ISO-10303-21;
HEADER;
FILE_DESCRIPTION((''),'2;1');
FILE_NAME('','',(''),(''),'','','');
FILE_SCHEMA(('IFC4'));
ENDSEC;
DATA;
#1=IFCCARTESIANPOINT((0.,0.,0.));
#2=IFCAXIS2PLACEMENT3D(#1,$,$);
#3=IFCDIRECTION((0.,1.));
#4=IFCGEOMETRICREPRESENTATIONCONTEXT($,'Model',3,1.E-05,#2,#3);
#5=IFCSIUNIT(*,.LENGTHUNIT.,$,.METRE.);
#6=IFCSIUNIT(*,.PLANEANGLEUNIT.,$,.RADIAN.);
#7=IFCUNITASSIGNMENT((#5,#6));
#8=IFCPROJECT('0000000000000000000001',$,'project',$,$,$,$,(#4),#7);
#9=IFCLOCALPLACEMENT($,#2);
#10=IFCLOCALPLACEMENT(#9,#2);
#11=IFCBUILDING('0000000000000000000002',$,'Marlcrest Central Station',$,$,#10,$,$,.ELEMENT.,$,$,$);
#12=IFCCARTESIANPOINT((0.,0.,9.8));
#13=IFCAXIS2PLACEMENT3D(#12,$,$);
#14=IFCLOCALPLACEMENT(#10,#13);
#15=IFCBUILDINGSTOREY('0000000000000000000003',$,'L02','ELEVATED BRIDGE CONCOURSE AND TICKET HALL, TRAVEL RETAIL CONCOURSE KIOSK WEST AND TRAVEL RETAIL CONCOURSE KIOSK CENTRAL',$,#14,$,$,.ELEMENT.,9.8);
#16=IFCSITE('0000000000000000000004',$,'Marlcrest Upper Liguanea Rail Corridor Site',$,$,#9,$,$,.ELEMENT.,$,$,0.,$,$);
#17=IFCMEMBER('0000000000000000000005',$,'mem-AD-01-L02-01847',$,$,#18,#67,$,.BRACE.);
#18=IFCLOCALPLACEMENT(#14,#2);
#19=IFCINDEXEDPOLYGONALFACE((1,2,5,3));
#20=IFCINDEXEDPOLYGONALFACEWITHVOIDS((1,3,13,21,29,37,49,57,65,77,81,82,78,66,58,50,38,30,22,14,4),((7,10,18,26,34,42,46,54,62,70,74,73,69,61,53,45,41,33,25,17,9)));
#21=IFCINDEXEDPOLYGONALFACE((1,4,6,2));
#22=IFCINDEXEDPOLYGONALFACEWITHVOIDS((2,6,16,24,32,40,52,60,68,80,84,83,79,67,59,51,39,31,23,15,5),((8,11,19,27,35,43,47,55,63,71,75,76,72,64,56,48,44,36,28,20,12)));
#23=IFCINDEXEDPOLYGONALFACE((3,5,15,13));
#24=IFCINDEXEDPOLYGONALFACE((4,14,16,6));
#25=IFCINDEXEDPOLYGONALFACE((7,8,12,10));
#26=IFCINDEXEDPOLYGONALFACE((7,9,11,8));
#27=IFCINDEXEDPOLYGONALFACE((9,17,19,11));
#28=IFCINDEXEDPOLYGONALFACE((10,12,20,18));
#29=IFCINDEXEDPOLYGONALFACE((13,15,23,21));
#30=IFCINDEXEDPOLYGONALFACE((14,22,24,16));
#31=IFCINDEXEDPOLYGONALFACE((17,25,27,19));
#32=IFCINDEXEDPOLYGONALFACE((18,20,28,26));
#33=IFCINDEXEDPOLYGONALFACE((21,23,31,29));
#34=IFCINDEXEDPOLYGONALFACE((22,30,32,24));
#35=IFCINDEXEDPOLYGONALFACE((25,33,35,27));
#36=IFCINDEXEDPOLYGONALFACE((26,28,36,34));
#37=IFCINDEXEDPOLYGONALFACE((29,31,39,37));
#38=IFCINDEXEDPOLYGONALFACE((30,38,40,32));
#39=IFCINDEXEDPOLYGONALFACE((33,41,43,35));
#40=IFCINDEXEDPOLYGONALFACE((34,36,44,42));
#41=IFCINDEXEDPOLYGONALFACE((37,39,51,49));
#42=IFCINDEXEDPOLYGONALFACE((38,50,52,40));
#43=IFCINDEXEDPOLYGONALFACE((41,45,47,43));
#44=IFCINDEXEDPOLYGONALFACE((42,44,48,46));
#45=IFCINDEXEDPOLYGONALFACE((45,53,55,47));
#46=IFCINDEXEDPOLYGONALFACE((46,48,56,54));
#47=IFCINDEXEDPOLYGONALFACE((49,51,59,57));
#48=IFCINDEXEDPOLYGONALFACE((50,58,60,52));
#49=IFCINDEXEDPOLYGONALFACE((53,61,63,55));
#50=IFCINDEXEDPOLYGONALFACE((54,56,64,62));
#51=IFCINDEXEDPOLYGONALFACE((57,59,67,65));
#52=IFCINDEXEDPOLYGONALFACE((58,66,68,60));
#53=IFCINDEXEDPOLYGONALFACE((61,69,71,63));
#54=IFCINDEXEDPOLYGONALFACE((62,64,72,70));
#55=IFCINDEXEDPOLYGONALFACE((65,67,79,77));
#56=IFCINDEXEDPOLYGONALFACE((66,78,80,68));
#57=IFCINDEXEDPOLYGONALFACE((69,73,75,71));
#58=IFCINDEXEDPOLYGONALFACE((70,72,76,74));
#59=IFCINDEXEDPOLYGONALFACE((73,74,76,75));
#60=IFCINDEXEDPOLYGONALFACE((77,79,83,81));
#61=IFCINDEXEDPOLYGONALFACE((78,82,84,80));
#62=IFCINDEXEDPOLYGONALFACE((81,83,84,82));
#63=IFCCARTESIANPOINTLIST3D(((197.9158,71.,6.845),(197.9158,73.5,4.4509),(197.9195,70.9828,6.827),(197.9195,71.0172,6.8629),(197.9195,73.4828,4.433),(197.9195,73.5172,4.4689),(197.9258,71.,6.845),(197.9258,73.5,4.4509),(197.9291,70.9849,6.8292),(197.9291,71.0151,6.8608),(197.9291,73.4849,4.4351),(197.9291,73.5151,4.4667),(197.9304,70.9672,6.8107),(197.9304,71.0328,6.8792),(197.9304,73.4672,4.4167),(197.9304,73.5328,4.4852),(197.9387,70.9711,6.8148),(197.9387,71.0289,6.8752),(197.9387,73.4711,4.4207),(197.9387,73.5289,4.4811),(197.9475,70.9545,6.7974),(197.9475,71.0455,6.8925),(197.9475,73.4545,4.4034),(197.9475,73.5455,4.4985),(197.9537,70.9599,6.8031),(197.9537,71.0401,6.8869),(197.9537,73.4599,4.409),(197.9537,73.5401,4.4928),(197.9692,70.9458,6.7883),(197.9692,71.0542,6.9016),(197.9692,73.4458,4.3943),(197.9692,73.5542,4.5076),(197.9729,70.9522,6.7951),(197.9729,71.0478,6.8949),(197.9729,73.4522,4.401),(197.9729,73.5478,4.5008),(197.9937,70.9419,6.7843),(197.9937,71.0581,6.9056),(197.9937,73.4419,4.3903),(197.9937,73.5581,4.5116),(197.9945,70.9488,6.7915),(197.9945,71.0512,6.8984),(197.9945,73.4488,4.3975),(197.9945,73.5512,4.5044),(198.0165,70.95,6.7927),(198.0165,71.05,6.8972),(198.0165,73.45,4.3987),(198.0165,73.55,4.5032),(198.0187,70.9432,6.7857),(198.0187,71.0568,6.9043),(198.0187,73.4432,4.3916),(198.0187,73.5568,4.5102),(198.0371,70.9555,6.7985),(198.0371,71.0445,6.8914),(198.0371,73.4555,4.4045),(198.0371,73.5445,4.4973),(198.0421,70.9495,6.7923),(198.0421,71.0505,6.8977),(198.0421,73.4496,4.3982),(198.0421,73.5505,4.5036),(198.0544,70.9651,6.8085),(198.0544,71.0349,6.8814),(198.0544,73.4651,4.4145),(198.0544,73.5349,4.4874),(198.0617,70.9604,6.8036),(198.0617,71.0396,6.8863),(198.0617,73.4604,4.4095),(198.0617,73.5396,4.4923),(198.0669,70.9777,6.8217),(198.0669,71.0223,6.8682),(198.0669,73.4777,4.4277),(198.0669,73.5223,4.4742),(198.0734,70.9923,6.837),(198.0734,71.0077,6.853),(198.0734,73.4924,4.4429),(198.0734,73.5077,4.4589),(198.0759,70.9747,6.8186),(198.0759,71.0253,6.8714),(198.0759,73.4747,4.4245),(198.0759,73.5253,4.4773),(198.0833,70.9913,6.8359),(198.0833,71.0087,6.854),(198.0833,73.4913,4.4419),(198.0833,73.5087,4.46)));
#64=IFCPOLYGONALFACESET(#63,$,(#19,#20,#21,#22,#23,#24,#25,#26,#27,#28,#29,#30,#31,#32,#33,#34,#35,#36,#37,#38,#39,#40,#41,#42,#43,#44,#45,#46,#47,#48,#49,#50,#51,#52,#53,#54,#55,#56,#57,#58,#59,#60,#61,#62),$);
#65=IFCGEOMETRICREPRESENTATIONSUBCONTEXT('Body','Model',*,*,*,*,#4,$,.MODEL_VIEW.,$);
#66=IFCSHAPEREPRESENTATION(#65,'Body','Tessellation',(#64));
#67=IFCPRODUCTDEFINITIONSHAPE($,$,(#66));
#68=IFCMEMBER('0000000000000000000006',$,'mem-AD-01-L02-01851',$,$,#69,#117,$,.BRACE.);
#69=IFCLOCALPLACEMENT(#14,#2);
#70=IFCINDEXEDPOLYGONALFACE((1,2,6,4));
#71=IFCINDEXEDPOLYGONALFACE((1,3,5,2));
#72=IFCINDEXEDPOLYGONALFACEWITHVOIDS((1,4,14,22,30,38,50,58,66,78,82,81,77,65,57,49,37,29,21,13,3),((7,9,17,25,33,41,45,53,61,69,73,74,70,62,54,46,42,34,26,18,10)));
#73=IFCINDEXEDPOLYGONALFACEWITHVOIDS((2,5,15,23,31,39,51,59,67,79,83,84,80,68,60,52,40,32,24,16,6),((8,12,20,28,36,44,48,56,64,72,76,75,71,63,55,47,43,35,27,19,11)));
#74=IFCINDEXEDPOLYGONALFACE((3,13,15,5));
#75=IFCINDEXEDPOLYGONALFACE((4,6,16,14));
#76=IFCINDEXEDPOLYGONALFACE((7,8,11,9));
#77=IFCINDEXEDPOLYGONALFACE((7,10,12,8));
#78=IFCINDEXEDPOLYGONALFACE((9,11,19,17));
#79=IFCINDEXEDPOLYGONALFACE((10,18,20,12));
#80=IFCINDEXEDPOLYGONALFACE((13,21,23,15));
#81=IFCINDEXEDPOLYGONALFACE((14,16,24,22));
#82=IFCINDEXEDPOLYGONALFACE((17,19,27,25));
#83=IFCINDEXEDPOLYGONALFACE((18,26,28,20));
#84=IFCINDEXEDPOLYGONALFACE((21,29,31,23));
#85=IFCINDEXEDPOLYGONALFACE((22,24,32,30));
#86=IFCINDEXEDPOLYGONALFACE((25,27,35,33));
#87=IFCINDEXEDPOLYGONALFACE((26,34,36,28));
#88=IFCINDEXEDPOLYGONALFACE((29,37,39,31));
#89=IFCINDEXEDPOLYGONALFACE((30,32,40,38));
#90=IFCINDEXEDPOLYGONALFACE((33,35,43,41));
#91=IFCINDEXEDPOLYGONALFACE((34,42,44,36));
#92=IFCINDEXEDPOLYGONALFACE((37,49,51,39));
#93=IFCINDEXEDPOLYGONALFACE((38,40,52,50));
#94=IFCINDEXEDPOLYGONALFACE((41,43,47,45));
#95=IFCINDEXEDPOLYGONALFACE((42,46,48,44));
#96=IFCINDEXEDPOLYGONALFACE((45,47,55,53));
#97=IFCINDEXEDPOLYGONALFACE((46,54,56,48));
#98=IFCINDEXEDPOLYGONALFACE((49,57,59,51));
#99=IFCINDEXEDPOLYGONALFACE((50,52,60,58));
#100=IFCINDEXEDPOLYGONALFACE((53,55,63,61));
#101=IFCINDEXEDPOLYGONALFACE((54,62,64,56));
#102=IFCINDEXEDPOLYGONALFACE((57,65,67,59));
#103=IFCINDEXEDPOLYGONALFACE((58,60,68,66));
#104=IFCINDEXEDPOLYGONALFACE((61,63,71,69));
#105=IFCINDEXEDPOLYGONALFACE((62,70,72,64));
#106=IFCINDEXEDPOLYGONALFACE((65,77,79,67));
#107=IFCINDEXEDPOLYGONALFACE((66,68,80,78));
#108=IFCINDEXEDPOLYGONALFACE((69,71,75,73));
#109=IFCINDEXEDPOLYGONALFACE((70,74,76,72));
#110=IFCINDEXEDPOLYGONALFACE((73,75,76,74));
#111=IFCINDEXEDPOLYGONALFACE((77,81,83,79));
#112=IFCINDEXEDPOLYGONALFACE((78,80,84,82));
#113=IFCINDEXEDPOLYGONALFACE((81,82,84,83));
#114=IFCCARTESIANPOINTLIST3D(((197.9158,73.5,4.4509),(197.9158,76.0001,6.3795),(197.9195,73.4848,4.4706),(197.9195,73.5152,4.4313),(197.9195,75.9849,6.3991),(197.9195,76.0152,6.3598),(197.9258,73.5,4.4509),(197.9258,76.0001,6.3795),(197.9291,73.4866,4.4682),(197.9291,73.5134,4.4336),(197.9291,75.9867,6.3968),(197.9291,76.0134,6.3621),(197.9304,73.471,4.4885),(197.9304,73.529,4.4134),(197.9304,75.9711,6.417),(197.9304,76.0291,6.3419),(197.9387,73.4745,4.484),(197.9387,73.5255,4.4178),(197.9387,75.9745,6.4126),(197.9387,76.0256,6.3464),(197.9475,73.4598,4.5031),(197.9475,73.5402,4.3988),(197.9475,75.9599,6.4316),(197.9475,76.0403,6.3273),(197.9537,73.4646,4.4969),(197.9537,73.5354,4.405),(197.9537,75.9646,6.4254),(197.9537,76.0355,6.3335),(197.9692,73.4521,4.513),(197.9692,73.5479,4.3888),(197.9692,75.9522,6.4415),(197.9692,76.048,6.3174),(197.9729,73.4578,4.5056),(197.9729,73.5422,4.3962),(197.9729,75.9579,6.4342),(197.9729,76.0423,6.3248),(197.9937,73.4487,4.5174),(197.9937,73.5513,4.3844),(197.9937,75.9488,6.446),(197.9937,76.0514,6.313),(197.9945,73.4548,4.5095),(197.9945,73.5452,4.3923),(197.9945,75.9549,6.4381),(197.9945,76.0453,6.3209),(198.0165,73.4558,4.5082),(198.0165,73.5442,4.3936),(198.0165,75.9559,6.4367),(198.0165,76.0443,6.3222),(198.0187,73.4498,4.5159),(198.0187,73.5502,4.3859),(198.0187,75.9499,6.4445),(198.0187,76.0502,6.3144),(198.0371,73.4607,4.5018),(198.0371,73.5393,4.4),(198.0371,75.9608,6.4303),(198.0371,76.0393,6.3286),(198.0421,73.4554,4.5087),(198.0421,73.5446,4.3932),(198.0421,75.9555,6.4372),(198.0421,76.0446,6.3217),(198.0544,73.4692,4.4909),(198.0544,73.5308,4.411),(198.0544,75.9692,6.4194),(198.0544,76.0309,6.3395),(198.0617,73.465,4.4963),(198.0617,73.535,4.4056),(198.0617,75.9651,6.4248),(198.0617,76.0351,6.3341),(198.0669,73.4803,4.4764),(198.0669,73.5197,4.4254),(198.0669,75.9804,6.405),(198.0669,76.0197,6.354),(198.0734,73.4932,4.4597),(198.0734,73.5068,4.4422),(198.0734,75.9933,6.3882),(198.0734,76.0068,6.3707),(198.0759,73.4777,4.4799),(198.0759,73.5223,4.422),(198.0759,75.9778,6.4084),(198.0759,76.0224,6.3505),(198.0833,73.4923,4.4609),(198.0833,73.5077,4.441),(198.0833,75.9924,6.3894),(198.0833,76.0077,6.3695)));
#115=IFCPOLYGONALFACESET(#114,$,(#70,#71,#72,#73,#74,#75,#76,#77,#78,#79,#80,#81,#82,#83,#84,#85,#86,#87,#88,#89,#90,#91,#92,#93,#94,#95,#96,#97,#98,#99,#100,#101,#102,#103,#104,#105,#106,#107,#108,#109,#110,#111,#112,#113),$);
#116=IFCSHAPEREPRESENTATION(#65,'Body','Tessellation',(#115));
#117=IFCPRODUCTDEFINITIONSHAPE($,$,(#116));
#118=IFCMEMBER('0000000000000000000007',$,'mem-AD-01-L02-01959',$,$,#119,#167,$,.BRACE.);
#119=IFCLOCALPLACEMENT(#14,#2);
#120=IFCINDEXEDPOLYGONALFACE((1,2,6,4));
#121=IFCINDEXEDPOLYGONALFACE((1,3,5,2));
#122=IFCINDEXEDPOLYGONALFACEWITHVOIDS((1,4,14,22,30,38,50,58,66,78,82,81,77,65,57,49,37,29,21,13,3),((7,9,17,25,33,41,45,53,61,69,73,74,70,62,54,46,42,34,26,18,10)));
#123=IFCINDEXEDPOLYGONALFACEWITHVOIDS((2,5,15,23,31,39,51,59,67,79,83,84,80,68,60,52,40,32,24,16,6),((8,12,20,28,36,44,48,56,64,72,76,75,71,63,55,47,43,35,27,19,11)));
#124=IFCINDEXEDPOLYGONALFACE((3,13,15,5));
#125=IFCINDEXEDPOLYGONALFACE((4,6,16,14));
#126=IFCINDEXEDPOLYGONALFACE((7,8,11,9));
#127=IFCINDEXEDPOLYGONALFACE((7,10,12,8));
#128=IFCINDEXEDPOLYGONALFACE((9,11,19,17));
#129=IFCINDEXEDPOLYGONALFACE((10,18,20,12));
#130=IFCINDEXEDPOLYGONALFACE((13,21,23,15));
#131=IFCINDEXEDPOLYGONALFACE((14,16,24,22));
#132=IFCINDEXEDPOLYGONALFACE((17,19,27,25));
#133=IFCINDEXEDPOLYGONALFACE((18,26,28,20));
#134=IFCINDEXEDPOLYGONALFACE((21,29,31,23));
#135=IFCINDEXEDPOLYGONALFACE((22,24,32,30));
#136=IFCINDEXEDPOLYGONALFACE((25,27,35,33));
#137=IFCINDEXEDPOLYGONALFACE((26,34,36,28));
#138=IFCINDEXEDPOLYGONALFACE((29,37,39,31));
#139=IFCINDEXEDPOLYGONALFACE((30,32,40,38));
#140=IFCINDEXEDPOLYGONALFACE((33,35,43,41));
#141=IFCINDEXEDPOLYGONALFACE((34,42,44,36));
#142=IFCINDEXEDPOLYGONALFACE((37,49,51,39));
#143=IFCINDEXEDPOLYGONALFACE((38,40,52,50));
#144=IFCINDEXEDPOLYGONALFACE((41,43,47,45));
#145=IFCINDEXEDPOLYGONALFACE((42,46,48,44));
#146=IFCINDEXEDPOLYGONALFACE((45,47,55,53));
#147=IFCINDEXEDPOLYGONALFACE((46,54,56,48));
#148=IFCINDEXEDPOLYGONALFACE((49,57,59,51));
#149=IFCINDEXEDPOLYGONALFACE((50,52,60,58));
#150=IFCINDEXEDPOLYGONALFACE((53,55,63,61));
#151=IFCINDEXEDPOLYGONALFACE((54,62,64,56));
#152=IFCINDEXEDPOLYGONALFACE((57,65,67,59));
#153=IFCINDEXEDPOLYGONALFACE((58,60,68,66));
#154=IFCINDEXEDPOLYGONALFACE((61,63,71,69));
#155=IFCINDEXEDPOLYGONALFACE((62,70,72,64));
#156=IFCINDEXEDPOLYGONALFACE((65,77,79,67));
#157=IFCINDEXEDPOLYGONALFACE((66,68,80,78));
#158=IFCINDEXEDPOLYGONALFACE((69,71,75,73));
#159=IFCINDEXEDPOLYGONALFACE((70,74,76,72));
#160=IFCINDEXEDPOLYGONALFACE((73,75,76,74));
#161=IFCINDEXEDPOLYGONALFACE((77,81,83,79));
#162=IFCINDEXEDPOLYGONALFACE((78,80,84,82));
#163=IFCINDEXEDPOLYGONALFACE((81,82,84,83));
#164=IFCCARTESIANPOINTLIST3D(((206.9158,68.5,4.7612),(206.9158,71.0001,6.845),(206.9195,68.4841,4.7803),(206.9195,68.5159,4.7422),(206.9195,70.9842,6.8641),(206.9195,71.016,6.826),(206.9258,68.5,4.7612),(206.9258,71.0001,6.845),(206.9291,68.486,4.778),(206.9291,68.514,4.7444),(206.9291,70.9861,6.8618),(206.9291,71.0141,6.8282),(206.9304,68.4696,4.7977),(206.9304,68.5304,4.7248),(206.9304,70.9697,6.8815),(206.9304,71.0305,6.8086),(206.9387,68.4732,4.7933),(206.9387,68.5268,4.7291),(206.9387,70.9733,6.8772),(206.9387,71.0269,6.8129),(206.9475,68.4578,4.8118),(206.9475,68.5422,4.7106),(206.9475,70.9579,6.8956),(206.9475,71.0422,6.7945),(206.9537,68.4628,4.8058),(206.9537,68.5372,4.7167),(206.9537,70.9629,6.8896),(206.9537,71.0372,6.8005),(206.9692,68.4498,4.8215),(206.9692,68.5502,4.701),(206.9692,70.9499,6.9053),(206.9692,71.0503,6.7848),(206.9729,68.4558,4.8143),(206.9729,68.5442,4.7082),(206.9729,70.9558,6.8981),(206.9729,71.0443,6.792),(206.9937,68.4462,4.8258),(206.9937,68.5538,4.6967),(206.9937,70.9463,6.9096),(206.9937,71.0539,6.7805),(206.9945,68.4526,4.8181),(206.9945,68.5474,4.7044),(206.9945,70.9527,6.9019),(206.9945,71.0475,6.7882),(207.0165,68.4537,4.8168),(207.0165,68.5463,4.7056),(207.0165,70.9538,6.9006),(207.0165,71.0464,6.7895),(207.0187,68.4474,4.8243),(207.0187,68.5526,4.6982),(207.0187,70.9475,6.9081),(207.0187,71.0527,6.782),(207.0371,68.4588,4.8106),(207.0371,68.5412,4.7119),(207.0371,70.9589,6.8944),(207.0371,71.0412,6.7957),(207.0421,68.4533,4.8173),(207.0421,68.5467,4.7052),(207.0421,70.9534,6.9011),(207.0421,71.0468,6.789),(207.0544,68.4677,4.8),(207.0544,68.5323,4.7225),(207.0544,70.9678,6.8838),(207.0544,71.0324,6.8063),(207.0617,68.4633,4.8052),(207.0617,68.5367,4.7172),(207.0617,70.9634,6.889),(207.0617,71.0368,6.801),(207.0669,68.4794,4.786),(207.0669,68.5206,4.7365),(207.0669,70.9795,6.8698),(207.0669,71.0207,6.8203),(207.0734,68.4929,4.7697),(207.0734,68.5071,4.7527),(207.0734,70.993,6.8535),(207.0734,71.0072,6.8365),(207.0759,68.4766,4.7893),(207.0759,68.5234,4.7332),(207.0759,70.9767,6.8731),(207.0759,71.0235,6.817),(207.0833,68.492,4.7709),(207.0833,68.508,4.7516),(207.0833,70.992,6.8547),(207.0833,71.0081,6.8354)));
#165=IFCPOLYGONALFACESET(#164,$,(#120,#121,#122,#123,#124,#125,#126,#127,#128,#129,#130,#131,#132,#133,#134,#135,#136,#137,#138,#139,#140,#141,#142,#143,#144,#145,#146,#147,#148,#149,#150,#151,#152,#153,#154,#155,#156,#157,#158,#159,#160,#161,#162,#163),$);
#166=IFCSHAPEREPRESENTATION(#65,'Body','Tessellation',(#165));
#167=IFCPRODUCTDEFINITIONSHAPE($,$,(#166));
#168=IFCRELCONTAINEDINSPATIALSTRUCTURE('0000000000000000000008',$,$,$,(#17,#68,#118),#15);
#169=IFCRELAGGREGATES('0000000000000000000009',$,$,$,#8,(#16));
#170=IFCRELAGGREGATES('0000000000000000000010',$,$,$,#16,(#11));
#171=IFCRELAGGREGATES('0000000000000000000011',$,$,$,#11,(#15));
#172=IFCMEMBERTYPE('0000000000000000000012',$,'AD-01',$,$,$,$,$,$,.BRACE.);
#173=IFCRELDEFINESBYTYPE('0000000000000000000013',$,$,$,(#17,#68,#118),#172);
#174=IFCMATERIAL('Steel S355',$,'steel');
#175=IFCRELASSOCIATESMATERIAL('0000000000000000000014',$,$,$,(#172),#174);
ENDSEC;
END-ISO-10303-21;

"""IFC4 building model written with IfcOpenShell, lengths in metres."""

from ifc_helpers import new_model, si_unit, direction, frame, origin, origin_2d, place, context, subcontext, project, spatial, hollow_circle, extrude, material, material_profile, profile_set, type_object, element, save


model = new_model("IFC4")

# Units and contexts
model_context = context("Model", 3, precision=1e-05, world=origin(), true_north=direction((0.0, 1.0)))
body_context = subcontext(model_context, "Body", "Model", "MODEL_VIEW")
ifc_project = project(units=[si_unit("LENGTHUNIT", "METRE"), si_unit("PLANEANGLEUNIT", "RADIAN")], contexts=[model_context])

# Site, building, storey
site_placement = place(None, origin())
site = spatial("IfcSite", under=ifc_project, at=site_placement, Name="Marlcrest Upper Liguanea Rail Corridor Site", CompositionType="ELEMENT", RefElevation=0.0)
building_placement = place(site_placement, origin())
building = spatial("IfcBuilding", under=site, at=building_placement, Name="Marlcrest Central Station", CompositionType="ELEMENT")
storey_placement = place(building_placement, frame((0.0, 0.0, 9.8)))
storey = spatial("IfcBuildingStorey", under=building, at=storey_placement, Name="L02", Description="ELEVATED BRIDGE CONCOURSE AND TICKET HALL, TRAVEL RETAIL CONCOURSE KIOSK WEST AND TRAVEL RETAIL CONCOURSE KIOSK CENTRAL", CompositionType="ELEMENT", Elevation=9.8)

# Members
ifc_material = material(Name="Steel S355", Category="steel")
ifc_material_profile_1 = material_profile(ifc_material, hollow_circle(Radius=0.0842, WallThickness=0.01, at=origin_2d()), Name="CHS 168.3x10")
ifc_profile_set_1 = profile_set([ifc_material_profile_1], Name="Steel S355")
member_type_1 = type_object("IfcMemberType", Name="AD-01", PredefinedType="BRACE", material=ifc_profile_set_1)
member_1_placement = place(storey_placement, frame((198.0, 71.0, 6.845), z_axis=(0.0, 0.722247, -0.691636), x_axis=(-1.0, 0.0, 0.0)))
element("IfcMember", 1, at=member_1_placement, inside=storey, type_object=member_type_1, Name="mem-AD-01-L02-01847", PredefinedType="BRACE", context=body_context, shape_type="SweptSolid", body=[
    extrude(hollow_circle(Radius=0.0842, WallThickness=0.01, at=origin_2d()), origin(), (0.0, 0.0, 1.0), 3.4614),
])
member_2_placement = place(storey_placement, frame((198.0, 73.5, 4.4509), z_axis=(0.0, 0.791798, 0.610783), x_axis=(-1.0, 0.0, 0.0)))
element("IfcMember", 2, at=member_2_placement, inside=storey, type_object=member_type_1, Name="mem-AD-01-L02-01851", PredefinedType="BRACE", context=body_context, shape_type="SweptSolid", body=[
    extrude(hollow_circle(Radius=0.0842, WallThickness=0.01, at=origin_2d()), origin(), (0.0, 0.0, 1.0), 3.1575),
])
member_3_placement = place(storey_placement, frame((207.0, 68.5, 4.7612), z_axis=(0.0, 0.76816, 0.640258), x_axis=(-1.0, 0.0, 0.0)))
element("IfcMember", 3, at=member_3_placement, inside=storey, type_object=member_type_1, Name="mem-AD-01-L02-01959", PredefinedType="BRACE", context=body_context, shape_type="SweptSolid", body=[
    extrude(hollow_circle(Radius=0.0842, WallThickness=0.01, at=origin_2d()), origin(), (0.0, 0.0, 1.0), 3.2546),
])

save(model, "model.ifc")
